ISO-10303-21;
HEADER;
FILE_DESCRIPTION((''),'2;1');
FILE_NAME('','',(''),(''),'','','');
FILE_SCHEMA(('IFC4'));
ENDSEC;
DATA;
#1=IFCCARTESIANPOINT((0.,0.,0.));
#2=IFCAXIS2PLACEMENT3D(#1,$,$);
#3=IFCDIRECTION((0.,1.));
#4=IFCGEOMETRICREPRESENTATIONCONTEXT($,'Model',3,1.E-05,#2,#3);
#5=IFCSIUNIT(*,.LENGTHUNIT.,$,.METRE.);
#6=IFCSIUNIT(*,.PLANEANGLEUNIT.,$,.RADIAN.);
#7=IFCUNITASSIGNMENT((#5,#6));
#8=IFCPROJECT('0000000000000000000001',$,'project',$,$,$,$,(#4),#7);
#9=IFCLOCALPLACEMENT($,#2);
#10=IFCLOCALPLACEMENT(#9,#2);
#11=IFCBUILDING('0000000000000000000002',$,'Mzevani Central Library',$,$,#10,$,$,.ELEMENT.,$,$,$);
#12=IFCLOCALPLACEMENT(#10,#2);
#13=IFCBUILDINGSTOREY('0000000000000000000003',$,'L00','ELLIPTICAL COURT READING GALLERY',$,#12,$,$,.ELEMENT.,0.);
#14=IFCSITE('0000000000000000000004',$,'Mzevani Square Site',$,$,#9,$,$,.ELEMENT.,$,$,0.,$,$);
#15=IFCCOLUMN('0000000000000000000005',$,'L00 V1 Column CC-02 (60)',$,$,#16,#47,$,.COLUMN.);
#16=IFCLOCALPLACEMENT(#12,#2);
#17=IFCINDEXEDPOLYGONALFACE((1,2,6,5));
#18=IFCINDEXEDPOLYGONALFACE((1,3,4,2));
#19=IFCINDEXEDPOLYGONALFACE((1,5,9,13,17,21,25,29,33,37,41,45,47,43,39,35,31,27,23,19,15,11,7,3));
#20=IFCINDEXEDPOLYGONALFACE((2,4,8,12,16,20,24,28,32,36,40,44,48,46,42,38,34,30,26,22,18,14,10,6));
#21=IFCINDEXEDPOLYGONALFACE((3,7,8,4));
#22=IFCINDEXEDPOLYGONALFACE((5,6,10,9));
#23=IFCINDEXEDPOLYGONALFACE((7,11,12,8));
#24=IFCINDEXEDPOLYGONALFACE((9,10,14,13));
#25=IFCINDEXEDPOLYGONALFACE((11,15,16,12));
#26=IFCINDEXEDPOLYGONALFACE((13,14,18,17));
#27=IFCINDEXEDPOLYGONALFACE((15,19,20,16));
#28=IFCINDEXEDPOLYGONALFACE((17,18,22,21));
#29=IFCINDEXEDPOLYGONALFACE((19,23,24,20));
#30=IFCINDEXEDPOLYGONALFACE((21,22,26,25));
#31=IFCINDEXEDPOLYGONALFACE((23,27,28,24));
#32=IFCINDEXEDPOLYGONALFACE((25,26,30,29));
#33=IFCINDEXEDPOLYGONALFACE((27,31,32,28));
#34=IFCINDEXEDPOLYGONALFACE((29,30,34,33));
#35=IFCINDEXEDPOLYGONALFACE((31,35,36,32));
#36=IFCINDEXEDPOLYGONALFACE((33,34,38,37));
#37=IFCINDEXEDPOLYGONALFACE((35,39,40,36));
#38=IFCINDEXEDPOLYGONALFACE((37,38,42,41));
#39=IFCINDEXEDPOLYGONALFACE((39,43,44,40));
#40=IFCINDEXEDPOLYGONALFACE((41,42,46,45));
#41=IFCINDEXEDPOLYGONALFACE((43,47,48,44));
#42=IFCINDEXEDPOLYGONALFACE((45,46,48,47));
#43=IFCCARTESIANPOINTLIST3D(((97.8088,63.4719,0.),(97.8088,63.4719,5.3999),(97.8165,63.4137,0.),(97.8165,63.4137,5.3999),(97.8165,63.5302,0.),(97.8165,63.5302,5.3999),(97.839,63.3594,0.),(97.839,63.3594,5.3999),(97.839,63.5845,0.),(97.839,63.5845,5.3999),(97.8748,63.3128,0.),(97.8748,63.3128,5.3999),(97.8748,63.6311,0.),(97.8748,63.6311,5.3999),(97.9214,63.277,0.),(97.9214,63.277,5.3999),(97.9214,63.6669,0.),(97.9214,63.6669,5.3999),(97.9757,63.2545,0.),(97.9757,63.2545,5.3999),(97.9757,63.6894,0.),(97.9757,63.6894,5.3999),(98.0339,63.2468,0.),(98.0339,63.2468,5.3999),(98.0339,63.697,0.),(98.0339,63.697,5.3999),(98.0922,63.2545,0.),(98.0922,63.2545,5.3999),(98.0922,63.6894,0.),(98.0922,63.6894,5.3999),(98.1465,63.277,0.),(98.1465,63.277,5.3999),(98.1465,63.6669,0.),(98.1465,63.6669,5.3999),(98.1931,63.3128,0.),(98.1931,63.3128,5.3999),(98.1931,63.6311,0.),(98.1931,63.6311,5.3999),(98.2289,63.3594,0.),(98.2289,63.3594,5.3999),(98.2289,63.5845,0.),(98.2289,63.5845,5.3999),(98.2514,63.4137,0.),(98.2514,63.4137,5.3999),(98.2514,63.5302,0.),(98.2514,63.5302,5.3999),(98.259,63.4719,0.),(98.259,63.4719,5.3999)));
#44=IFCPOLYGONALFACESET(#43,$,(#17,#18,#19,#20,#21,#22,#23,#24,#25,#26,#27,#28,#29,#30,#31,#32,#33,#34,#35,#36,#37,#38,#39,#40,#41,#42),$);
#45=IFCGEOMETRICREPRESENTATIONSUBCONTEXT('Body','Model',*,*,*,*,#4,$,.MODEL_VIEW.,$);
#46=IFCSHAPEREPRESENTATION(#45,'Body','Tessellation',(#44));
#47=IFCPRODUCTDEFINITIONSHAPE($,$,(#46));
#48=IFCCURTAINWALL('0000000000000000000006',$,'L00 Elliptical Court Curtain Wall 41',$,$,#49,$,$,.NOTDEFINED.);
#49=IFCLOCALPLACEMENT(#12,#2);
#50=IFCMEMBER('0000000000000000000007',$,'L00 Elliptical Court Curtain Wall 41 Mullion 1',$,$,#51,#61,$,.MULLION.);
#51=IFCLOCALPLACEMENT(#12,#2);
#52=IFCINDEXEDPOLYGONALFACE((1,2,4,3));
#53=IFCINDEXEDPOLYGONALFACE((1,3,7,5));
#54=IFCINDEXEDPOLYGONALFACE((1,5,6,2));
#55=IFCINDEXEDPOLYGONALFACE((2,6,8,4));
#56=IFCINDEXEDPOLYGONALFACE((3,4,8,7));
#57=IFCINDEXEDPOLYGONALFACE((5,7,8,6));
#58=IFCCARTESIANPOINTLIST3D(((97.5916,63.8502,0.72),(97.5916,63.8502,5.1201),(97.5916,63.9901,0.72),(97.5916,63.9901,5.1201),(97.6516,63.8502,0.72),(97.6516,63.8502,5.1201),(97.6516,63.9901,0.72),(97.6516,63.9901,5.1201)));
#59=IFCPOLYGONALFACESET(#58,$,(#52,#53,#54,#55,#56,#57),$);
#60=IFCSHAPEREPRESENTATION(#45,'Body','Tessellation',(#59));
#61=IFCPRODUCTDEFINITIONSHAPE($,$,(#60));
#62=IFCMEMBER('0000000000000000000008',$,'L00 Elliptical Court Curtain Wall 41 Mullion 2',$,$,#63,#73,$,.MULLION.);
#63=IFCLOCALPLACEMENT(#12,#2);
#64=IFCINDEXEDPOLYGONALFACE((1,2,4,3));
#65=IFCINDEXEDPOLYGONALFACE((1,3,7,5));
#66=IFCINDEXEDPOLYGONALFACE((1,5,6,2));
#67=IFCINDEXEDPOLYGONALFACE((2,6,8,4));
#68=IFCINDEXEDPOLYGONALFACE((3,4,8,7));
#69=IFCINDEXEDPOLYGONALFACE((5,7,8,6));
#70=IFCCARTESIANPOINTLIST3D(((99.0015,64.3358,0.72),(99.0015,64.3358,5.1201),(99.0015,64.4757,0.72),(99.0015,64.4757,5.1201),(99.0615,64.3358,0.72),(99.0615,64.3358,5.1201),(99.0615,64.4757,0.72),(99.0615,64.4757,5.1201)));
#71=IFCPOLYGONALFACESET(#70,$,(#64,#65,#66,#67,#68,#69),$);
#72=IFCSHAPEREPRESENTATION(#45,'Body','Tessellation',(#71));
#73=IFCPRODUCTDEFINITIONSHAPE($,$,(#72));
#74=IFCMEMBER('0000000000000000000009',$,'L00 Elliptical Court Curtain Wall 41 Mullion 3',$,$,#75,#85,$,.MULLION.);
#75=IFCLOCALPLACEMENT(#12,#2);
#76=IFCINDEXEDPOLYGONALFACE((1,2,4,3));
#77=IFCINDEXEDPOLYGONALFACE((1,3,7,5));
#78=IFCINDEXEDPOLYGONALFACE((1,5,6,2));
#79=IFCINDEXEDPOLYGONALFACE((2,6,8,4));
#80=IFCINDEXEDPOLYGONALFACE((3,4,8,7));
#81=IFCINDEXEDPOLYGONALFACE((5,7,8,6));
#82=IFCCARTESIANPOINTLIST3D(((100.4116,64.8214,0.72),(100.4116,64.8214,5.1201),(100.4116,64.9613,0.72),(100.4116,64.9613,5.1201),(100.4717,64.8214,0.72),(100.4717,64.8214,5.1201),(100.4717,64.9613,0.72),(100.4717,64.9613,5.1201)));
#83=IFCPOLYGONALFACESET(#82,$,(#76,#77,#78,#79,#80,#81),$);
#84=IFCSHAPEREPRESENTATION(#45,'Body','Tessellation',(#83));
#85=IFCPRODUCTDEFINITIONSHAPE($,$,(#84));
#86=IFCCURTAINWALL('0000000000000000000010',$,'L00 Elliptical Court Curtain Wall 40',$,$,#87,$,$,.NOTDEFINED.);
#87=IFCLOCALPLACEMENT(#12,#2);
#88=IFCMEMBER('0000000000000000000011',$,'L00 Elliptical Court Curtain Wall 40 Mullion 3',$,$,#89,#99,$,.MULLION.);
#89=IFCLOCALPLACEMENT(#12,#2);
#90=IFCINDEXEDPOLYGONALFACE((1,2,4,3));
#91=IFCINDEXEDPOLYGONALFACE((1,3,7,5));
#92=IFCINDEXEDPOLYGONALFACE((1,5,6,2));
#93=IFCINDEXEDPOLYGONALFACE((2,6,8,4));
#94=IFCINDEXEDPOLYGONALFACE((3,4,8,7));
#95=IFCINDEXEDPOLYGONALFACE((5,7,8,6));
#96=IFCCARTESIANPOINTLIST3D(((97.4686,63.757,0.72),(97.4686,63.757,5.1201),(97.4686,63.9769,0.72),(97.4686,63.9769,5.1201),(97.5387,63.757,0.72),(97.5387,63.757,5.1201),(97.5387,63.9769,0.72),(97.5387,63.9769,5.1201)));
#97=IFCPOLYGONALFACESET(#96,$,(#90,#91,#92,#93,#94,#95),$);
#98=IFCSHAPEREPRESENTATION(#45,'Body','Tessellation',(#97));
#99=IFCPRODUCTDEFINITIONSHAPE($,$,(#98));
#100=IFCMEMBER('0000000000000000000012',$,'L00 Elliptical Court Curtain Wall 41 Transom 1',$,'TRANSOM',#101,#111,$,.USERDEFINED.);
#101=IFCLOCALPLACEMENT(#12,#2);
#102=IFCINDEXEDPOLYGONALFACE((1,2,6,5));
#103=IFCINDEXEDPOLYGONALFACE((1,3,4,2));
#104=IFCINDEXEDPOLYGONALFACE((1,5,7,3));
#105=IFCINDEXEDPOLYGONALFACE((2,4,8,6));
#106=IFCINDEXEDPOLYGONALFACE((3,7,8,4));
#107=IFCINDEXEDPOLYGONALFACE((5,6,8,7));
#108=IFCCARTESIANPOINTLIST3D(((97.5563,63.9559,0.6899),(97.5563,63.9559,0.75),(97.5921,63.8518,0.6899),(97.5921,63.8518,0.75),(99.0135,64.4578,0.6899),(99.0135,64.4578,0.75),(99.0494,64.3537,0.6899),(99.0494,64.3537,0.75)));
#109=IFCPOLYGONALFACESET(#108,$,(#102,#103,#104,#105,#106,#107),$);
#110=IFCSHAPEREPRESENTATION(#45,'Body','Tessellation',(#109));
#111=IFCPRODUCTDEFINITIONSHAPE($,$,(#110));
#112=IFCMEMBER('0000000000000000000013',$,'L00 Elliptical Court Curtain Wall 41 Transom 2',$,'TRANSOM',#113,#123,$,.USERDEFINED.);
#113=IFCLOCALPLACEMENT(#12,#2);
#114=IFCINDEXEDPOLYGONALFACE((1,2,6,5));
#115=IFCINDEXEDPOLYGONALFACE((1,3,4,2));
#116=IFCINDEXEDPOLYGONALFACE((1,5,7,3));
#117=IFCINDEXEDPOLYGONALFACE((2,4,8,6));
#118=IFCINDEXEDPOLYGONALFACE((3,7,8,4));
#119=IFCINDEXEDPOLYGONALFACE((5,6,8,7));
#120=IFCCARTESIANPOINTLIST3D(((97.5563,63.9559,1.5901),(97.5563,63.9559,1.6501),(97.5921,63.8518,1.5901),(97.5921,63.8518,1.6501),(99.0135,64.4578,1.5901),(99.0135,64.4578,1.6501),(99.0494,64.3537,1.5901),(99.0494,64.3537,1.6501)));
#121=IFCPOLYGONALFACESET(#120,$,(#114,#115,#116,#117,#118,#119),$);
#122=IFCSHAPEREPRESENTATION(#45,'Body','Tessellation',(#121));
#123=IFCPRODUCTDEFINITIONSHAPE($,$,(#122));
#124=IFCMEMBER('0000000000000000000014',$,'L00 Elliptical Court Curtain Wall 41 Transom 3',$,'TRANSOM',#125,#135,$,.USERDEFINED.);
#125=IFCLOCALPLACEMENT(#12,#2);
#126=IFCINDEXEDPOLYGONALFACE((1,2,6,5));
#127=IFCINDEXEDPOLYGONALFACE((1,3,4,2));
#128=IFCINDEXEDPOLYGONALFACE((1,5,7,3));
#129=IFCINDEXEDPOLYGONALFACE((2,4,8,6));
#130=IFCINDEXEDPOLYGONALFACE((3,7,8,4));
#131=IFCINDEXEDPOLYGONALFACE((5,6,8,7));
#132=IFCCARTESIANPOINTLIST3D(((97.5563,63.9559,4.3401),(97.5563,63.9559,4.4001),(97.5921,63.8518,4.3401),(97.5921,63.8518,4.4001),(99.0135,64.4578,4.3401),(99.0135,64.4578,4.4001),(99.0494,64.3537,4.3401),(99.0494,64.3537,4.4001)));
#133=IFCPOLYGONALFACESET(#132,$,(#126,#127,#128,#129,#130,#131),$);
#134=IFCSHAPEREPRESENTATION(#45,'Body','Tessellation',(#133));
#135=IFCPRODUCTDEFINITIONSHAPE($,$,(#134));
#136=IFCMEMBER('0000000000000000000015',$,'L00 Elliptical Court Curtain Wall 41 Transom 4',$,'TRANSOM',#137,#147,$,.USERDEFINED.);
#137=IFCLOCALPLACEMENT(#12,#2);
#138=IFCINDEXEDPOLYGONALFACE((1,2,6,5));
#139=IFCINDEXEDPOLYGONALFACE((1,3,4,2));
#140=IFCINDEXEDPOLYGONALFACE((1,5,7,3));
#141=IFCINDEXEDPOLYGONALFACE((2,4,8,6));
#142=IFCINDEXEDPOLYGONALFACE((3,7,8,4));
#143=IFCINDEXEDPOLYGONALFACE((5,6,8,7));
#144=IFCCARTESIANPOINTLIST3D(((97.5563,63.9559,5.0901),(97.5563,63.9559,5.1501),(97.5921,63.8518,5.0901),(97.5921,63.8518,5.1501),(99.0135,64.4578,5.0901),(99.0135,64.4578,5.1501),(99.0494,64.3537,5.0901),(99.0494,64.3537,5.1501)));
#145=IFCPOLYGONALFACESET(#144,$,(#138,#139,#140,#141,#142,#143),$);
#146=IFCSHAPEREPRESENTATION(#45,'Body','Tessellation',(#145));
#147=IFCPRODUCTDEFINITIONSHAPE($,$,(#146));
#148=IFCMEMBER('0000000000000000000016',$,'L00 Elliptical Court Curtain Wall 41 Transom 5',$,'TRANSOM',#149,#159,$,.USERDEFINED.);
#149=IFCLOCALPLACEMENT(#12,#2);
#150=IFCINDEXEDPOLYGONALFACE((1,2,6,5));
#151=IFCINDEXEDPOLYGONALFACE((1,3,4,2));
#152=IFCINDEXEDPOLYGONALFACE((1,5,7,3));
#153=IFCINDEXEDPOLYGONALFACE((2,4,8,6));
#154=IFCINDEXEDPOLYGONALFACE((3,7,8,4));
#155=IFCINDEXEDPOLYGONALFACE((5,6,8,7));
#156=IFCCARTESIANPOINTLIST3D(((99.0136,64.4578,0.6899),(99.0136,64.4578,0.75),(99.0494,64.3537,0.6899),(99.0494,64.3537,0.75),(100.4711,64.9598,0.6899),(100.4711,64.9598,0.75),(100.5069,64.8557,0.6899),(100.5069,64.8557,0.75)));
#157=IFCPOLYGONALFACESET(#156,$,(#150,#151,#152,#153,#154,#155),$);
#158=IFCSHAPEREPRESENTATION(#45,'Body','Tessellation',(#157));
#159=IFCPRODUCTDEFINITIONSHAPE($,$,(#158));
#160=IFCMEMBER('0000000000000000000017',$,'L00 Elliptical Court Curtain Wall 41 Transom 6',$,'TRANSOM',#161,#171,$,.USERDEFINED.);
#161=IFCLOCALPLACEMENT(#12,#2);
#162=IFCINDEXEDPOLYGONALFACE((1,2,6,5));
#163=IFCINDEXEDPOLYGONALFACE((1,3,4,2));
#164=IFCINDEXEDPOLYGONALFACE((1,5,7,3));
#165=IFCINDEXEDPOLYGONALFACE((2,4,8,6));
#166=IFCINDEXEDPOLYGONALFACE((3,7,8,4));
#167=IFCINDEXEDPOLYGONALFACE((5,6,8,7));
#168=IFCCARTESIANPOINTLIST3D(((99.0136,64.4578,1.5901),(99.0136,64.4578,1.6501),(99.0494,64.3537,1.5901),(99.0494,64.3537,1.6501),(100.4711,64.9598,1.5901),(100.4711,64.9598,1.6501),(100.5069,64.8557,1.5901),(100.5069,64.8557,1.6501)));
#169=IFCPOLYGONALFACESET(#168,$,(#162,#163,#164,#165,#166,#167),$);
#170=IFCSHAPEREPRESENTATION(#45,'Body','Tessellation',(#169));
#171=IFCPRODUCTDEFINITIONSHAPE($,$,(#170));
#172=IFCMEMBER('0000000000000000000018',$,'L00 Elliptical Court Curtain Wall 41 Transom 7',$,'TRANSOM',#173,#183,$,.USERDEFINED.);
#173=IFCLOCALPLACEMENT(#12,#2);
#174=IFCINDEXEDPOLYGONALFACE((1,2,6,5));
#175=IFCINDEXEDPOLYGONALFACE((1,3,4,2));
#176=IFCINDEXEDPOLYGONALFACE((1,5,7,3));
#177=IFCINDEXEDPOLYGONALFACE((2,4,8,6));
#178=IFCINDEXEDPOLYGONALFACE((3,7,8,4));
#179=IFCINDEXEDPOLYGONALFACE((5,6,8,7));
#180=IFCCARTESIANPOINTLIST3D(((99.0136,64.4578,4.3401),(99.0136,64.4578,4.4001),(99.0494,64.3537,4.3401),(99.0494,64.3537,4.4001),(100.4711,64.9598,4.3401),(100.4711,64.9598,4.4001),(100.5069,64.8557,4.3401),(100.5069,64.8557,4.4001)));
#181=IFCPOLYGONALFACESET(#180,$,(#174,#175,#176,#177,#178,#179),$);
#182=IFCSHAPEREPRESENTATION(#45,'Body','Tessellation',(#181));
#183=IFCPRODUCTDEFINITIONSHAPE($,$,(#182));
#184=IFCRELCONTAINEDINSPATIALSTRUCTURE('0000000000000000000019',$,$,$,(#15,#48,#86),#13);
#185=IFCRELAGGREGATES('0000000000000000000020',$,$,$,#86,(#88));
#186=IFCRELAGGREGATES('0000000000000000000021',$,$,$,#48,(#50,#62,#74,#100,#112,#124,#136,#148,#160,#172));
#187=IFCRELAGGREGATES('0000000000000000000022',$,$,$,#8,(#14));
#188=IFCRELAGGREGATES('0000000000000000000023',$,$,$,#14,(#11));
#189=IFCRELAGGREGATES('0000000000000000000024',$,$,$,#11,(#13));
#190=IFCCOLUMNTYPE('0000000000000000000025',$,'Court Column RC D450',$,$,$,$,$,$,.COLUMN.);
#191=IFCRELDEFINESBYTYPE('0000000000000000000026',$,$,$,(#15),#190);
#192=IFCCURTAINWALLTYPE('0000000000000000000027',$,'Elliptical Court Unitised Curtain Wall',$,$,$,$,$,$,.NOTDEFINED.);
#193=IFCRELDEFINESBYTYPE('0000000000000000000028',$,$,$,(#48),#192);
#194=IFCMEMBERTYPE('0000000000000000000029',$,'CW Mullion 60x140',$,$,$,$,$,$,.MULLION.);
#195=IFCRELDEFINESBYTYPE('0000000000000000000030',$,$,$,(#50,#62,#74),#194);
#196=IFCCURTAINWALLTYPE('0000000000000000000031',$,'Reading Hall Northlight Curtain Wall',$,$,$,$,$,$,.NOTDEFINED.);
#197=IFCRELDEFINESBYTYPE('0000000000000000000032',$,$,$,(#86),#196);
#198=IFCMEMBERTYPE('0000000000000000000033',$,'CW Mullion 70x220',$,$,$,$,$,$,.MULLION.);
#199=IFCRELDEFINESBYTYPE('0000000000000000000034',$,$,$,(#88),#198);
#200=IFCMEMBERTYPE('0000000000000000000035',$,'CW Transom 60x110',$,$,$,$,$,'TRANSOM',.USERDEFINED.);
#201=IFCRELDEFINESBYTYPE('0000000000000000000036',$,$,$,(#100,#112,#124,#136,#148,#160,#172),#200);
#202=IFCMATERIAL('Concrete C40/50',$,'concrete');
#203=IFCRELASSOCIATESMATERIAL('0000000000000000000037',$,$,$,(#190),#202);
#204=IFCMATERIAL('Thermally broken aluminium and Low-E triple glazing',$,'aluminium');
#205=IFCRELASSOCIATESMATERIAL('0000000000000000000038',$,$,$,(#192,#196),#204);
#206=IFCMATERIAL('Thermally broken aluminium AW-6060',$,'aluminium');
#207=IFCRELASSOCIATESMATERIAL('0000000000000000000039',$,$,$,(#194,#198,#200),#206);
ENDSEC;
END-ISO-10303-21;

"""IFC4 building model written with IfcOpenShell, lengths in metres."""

from ifc_helpers import new_model, si_unit, direction, frame, origin, origin_2d, place, context, subcontext, project, spatial, rectangle, circle, extrude, material, material_profile, profile_set, type_object, element, aggregate, save


model = new_model("IFC4")

# Units and contexts
model_context = context("Model", 3, precision=1e-05, world=origin(), true_north=direction((0.0, 1.0)))
body_context = subcontext(model_context, "Body", "Model", "MODEL_VIEW")
ifc_project = project(units=[si_unit("LENGTHUNIT", "METRE"), si_unit("PLANEANGLEUNIT", "RADIAN")], contexts=[model_context])

# Site, building, storey
site_placement = place(None, origin())
site = spatial("IfcSite", under=ifc_project, at=site_placement, Name="Mzevani Square Site", CompositionType="ELEMENT", RefElevation=0.0)
building_placement = place(site_placement, origin())
building = spatial("IfcBuilding", under=site, at=building_placement, Name="Mzevani Central Library", CompositionType="ELEMENT")
storey_placement = place(building_placement, origin())
storey = spatial("IfcBuildingStorey", under=building, at=storey_placement, Name="L00", Description="ELLIPTICAL COURT READING GALLERY", CompositionType="ELEMENT", Elevation=0.0)

# Column
ifc_material_1 = material(Name="Concrete C40/50", Category="concrete")
ifc_material_profile_1 = material_profile(ifc_material_1, circle(Radius=0.2251, at=origin_2d()), Name="RC D450")
ifc_profile_set_1 = profile_set([ifc_material_profile_1], Name="Concrete C40/50")
column_type = type_object("IfcColumnType", Name="Court Column RC D450", PredefinedType="COLUMN", material=ifc_profile_set_1)
column_placement = place(storey_placement, frame((98.0339, 63.4719, 0.0), z_axis=(0.0, 0.0, 1.0), x_axis=(1.0, 0.0, 0.0)))
element("IfcColumn", 1, at=column_placement, inside=storey, type_object=column_type, Name="L00 V1 Column CC-02 (60)", PredefinedType="COLUMN", context=body_context, shape_type="SweptSolid", body=[
    extrude(circle(Radius=0.2251, at=origin_2d()), origin(), (0.0, 0.0, 1.0), 5.3999),
])

# Curtain wall, members
ifc_material_2 = material(Name="Thermally broken aluminium and Low-E triple glazing", Category="aluminium")
curtain_wall_type_1 = type_object("IfcCurtainWallType", Name="Elliptical Court Unitised Curtain Wall", PredefinedType="NOTDEFINED", material=ifc_material_2)
curtain_wall_1_placement = place(storey_placement, origin())
curtain_wall_1 = element("IfcCurtainWall", 2, at=curtain_wall_1_placement, inside=storey, type_object=curtain_wall_type_1, Name="L00 Elliptical Court Curtain Wall 41", PredefinedType="NOTDEFINED")
ifc_material_3 = material(Name="Thermally broken aluminium AW-6060", Category="aluminium")
ifc_material_profile_2 = material_profile(ifc_material_3, rectangle(XDim=0.0601, YDim=0.1399, at=origin_2d()), Name="ALU M60x140")
ifc_profile_set_2 = profile_set([ifc_material_profile_2], Name="Thermally broken aluminium AW-6060")
member_type_1 = type_object("IfcMemberType", Name="CW Mullion 60x140", PredefinedType="MULLION", material=ifc_profile_set_2)
member_1_placement = place(storey_placement, frame((97.6216, 63.9202, 0.72), z_axis=(0.0, 0.0, 1.0), x_axis=(1.0, 0.0, 0.0)))
member_1 = element("IfcMember", 3, at=member_1_placement, type_object=member_type_1, Name="L00 Elliptical Court Curtain Wall 41 Mullion 1", PredefinedType="MULLION", context=body_context, shape_type="SweptSolid", body=[
    extrude(rectangle(XDim=0.0601, YDim=0.1399, at=origin_2d()), origin(), (0.0, 0.0, 1.0), 4.4001),
])
member_2_placement = place(storey_placement, frame((99.0315, 64.4058, 0.72), z_axis=(0.0, 0.0, 1.0), x_axis=(1.0, 0.0, 0.0)))
member_2 = element("IfcMember", 4, at=member_2_placement, type_object=member_type_1, Name="L00 Elliptical Court Curtain Wall 41 Mullion 2", PredefinedType="MULLION", context=body_context, shape_type="SweptSolid", body=[
    extrude(rectangle(XDim=0.0601, YDim=0.1399, at=origin_2d()), origin(), (0.0, 0.0, 1.0), 4.4001),
])
member_3_placement = place(storey_placement, frame((100.4417, 64.8914, 0.72), z_axis=(0.0, 0.0, 1.0), x_axis=(1.0, 0.0, 0.0)))
member_3 = element("IfcMember", 5, at=member_3_placement, type_object=member_type_1, Name="L00 Elliptical Court Curtain Wall 41 Mullion 3", PredefinedType="MULLION", context=body_context, shape_type="SweptSolid", body=[
    extrude(rectangle(XDim=0.0601, YDim=0.1399, at=origin_2d()), origin(), (0.0, 0.0, 1.0), 4.4001),
])

# Curtain wall, member
curtain_wall_type_2 = type_object("IfcCurtainWallType", Name="Reading Hall Northlight Curtain Wall", PredefinedType="NOTDEFINED", material=ifc_material_2)
curtain_wall_2_placement = place(storey_placement, origin())
curtain_wall_2 = element("IfcCurtainWall", 6, at=curtain_wall_2_placement, inside=storey, type_object=curtain_wall_type_2, Name="L00 Elliptical Court Curtain Wall 40", PredefinedType="NOTDEFINED")
ifc_material_profile_3 = material_profile(ifc_material_3, rectangle(XDim=0.0701, YDim=0.22, at=origin_2d()), Name="ALU M70x220")
ifc_profile_set_3 = profile_set([ifc_material_profile_3], Name="Thermally broken aluminium AW-6060")
member_type_2 = type_object("IfcMemberType", Name="CW Mullion 70x220", PredefinedType="MULLION", material=ifc_profile_set_3)
member_4_placement = place(storey_placement, frame((97.5037, 63.8669, 0.72), z_axis=(0.0, 0.0, 1.0), x_axis=(1.0, 0.0, 0.0)))
member_4 = element("IfcMember", 7, at=member_4_placement, type_object=member_type_2, Name="L00 Elliptical Court Curtain Wall 40 Mullion 3", PredefinedType="MULLION", context=body_context, shape_type="SweptSolid", body=[
    extrude(rectangle(XDim=0.0701, YDim=0.22, at=origin_2d()), origin(), (0.0, 0.0, 1.0), 4.4001),
])

# Members
ifc_material_profile_4 = material_profile(ifc_material_3, rectangle(XDim=0.1101, YDim=0.0601, at=origin_2d()), Name="ALU T60x110")
ifc_profile_set_4 = profile_set([ifc_material_profile_4], Name="Thermally broken aluminium AW-6060")
member_type_3 = type_object("IfcMemberType", Name="CW Transom 60x110", ElementType="TRANSOM", PredefinedType="USERDEFINED", material=ifc_profile_set_4)
member_5_placement = place(storey_placement, frame((97.5742, 63.9038, 0.72), z_axis=(0.945484, 0.325668, 0.0), x_axis=(-0.325668, 0.945484, 0.0)))
member_5 = element("IfcMember", 8, at=member_5_placement, type_object=member_type_3, Name="L00 Elliptical Court Curtain Wall 41 Transom 1", ObjectType="TRANSOM", PredefinedType="USERDEFINED", context=body_context, shape_type="SweptSolid", body=[
    extrude(rectangle(XDim=0.1101, YDim=0.0601, at=origin_2d()), origin(), (0.0, 0.0, 1.0), 1.5413),
])
member_6_placement = place(storey_placement, frame((97.5742, 63.9038, 1.6201), z_axis=(0.945484, 0.325668, 0.0), x_axis=(-0.325668, 0.945484, 0.0)))
member_6 = element("IfcMember", 9, at=member_6_placement, type_object=member_type_3, Name="L00 Elliptical Court Curtain Wall 41 Transom 2", ObjectType="TRANSOM", PredefinedType="USERDEFINED", context=body_context, shape_type="SweptSolid", body=[
    extrude(rectangle(XDim=0.1101, YDim=0.0601, at=origin_2d()), origin(), (0.0, 0.0, 1.0), 1.5413),
])
member_7_placement = place(storey_placement, frame((97.5742, 63.9038, 4.3701), z_axis=(0.945484, 0.325668, 0.0), x_axis=(-0.325668, 0.945484, 0.0)))
member_7 = element("IfcMember", 10, at=member_7_placement, type_object=member_type_3, Name="L00 Elliptical Court Curtain Wall 41 Transom 3", ObjectType="TRANSOM", PredefinedType="USERDEFINED", context=body_context, shape_type="SweptSolid", body=[
    extrude(rectangle(XDim=0.1101, YDim=0.0601, at=origin_2d()), origin(), (0.0, 0.0, 1.0), 1.5413),
])
member_8_placement = place(storey_placement, frame((97.5742, 63.9038, 5.1201), z_axis=(0.945484, 0.325668, 0.0), x_axis=(-0.325668, 0.945484, 0.0)))
member_8 = element("IfcMember", 11, at=member_8_placement, type_object=member_type_3, Name="L00 Elliptical Court Curtain Wall 41 Transom 4", ObjectType="TRANSOM", PredefinedType="USERDEFINED", context=body_context, shape_type="SweptSolid", body=[
    extrude(rectangle(XDim=0.1101, YDim=0.0601, at=origin_2d()), origin(), (0.0, 0.0, 1.0), 1.5413),
])
member_9_placement = place(storey_placement, frame((99.0315, 64.4058, 0.72), z_axis=(0.945501, 0.32562, 0.0), x_axis=(-0.32562, 0.945501, 0.0)))
member_9 = element("IfcMember", 12, at=member_9_placement, type_object=member_type_3, Name="L00 Elliptical Court Curtain Wall 41 Transom 5", ObjectType="TRANSOM", PredefinedType="USERDEFINED", context=body_context, shape_type="SweptSolid", body=[
    extrude(rectangle(XDim=0.1101, YDim=0.0601, at=origin_2d()), origin(), (0.0, 0.0, 1.0), 1.5415),
])
member_10_placement = place(storey_placement, frame((99.0315, 64.4058, 1.6201), z_axis=(0.945501, 0.32562, 0.0), x_axis=(-0.32562, 0.945501, 0.0)))
member_10 = element("IfcMember", 13, at=member_10_placement, type_object=member_type_3, Name="L00 Elliptical Court Curtain Wall 41 Transom 6", ObjectType="TRANSOM", PredefinedType="USERDEFINED", context=body_context, shape_type="SweptSolid", body=[
    extrude(rectangle(XDim=0.1101, YDim=0.0601, at=origin_2d()), origin(), (0.0, 0.0, 1.0), 1.5415),
])
member_11_placement = place(storey_placement, frame((99.0315, 64.4058, 4.3701), z_axis=(0.945501, 0.32562, 0.0), x_axis=(-0.32562, 0.945501, 0.0)))
member_11 = element("IfcMember", 14, at=member_11_placement, type_object=member_type_3, Name="L00 Elliptical Court Curtain Wall 41 Transom 7", ObjectType="TRANSOM", PredefinedType="USERDEFINED", context=body_context, shape_type="SweptSolid", body=[
    extrude(rectangle(XDim=0.1101, YDim=0.0601, at=origin_2d()), origin(), (0.0, 0.0, 1.0), 1.5415),
])

aggregate(curtain_wall_2, [member_4])
aggregate(curtain_wall_1, [member_1, member_2, member_3, member_5, member_6, member_7, member_8, member_9, member_10, member_11])

save(model, "model.ifc")
